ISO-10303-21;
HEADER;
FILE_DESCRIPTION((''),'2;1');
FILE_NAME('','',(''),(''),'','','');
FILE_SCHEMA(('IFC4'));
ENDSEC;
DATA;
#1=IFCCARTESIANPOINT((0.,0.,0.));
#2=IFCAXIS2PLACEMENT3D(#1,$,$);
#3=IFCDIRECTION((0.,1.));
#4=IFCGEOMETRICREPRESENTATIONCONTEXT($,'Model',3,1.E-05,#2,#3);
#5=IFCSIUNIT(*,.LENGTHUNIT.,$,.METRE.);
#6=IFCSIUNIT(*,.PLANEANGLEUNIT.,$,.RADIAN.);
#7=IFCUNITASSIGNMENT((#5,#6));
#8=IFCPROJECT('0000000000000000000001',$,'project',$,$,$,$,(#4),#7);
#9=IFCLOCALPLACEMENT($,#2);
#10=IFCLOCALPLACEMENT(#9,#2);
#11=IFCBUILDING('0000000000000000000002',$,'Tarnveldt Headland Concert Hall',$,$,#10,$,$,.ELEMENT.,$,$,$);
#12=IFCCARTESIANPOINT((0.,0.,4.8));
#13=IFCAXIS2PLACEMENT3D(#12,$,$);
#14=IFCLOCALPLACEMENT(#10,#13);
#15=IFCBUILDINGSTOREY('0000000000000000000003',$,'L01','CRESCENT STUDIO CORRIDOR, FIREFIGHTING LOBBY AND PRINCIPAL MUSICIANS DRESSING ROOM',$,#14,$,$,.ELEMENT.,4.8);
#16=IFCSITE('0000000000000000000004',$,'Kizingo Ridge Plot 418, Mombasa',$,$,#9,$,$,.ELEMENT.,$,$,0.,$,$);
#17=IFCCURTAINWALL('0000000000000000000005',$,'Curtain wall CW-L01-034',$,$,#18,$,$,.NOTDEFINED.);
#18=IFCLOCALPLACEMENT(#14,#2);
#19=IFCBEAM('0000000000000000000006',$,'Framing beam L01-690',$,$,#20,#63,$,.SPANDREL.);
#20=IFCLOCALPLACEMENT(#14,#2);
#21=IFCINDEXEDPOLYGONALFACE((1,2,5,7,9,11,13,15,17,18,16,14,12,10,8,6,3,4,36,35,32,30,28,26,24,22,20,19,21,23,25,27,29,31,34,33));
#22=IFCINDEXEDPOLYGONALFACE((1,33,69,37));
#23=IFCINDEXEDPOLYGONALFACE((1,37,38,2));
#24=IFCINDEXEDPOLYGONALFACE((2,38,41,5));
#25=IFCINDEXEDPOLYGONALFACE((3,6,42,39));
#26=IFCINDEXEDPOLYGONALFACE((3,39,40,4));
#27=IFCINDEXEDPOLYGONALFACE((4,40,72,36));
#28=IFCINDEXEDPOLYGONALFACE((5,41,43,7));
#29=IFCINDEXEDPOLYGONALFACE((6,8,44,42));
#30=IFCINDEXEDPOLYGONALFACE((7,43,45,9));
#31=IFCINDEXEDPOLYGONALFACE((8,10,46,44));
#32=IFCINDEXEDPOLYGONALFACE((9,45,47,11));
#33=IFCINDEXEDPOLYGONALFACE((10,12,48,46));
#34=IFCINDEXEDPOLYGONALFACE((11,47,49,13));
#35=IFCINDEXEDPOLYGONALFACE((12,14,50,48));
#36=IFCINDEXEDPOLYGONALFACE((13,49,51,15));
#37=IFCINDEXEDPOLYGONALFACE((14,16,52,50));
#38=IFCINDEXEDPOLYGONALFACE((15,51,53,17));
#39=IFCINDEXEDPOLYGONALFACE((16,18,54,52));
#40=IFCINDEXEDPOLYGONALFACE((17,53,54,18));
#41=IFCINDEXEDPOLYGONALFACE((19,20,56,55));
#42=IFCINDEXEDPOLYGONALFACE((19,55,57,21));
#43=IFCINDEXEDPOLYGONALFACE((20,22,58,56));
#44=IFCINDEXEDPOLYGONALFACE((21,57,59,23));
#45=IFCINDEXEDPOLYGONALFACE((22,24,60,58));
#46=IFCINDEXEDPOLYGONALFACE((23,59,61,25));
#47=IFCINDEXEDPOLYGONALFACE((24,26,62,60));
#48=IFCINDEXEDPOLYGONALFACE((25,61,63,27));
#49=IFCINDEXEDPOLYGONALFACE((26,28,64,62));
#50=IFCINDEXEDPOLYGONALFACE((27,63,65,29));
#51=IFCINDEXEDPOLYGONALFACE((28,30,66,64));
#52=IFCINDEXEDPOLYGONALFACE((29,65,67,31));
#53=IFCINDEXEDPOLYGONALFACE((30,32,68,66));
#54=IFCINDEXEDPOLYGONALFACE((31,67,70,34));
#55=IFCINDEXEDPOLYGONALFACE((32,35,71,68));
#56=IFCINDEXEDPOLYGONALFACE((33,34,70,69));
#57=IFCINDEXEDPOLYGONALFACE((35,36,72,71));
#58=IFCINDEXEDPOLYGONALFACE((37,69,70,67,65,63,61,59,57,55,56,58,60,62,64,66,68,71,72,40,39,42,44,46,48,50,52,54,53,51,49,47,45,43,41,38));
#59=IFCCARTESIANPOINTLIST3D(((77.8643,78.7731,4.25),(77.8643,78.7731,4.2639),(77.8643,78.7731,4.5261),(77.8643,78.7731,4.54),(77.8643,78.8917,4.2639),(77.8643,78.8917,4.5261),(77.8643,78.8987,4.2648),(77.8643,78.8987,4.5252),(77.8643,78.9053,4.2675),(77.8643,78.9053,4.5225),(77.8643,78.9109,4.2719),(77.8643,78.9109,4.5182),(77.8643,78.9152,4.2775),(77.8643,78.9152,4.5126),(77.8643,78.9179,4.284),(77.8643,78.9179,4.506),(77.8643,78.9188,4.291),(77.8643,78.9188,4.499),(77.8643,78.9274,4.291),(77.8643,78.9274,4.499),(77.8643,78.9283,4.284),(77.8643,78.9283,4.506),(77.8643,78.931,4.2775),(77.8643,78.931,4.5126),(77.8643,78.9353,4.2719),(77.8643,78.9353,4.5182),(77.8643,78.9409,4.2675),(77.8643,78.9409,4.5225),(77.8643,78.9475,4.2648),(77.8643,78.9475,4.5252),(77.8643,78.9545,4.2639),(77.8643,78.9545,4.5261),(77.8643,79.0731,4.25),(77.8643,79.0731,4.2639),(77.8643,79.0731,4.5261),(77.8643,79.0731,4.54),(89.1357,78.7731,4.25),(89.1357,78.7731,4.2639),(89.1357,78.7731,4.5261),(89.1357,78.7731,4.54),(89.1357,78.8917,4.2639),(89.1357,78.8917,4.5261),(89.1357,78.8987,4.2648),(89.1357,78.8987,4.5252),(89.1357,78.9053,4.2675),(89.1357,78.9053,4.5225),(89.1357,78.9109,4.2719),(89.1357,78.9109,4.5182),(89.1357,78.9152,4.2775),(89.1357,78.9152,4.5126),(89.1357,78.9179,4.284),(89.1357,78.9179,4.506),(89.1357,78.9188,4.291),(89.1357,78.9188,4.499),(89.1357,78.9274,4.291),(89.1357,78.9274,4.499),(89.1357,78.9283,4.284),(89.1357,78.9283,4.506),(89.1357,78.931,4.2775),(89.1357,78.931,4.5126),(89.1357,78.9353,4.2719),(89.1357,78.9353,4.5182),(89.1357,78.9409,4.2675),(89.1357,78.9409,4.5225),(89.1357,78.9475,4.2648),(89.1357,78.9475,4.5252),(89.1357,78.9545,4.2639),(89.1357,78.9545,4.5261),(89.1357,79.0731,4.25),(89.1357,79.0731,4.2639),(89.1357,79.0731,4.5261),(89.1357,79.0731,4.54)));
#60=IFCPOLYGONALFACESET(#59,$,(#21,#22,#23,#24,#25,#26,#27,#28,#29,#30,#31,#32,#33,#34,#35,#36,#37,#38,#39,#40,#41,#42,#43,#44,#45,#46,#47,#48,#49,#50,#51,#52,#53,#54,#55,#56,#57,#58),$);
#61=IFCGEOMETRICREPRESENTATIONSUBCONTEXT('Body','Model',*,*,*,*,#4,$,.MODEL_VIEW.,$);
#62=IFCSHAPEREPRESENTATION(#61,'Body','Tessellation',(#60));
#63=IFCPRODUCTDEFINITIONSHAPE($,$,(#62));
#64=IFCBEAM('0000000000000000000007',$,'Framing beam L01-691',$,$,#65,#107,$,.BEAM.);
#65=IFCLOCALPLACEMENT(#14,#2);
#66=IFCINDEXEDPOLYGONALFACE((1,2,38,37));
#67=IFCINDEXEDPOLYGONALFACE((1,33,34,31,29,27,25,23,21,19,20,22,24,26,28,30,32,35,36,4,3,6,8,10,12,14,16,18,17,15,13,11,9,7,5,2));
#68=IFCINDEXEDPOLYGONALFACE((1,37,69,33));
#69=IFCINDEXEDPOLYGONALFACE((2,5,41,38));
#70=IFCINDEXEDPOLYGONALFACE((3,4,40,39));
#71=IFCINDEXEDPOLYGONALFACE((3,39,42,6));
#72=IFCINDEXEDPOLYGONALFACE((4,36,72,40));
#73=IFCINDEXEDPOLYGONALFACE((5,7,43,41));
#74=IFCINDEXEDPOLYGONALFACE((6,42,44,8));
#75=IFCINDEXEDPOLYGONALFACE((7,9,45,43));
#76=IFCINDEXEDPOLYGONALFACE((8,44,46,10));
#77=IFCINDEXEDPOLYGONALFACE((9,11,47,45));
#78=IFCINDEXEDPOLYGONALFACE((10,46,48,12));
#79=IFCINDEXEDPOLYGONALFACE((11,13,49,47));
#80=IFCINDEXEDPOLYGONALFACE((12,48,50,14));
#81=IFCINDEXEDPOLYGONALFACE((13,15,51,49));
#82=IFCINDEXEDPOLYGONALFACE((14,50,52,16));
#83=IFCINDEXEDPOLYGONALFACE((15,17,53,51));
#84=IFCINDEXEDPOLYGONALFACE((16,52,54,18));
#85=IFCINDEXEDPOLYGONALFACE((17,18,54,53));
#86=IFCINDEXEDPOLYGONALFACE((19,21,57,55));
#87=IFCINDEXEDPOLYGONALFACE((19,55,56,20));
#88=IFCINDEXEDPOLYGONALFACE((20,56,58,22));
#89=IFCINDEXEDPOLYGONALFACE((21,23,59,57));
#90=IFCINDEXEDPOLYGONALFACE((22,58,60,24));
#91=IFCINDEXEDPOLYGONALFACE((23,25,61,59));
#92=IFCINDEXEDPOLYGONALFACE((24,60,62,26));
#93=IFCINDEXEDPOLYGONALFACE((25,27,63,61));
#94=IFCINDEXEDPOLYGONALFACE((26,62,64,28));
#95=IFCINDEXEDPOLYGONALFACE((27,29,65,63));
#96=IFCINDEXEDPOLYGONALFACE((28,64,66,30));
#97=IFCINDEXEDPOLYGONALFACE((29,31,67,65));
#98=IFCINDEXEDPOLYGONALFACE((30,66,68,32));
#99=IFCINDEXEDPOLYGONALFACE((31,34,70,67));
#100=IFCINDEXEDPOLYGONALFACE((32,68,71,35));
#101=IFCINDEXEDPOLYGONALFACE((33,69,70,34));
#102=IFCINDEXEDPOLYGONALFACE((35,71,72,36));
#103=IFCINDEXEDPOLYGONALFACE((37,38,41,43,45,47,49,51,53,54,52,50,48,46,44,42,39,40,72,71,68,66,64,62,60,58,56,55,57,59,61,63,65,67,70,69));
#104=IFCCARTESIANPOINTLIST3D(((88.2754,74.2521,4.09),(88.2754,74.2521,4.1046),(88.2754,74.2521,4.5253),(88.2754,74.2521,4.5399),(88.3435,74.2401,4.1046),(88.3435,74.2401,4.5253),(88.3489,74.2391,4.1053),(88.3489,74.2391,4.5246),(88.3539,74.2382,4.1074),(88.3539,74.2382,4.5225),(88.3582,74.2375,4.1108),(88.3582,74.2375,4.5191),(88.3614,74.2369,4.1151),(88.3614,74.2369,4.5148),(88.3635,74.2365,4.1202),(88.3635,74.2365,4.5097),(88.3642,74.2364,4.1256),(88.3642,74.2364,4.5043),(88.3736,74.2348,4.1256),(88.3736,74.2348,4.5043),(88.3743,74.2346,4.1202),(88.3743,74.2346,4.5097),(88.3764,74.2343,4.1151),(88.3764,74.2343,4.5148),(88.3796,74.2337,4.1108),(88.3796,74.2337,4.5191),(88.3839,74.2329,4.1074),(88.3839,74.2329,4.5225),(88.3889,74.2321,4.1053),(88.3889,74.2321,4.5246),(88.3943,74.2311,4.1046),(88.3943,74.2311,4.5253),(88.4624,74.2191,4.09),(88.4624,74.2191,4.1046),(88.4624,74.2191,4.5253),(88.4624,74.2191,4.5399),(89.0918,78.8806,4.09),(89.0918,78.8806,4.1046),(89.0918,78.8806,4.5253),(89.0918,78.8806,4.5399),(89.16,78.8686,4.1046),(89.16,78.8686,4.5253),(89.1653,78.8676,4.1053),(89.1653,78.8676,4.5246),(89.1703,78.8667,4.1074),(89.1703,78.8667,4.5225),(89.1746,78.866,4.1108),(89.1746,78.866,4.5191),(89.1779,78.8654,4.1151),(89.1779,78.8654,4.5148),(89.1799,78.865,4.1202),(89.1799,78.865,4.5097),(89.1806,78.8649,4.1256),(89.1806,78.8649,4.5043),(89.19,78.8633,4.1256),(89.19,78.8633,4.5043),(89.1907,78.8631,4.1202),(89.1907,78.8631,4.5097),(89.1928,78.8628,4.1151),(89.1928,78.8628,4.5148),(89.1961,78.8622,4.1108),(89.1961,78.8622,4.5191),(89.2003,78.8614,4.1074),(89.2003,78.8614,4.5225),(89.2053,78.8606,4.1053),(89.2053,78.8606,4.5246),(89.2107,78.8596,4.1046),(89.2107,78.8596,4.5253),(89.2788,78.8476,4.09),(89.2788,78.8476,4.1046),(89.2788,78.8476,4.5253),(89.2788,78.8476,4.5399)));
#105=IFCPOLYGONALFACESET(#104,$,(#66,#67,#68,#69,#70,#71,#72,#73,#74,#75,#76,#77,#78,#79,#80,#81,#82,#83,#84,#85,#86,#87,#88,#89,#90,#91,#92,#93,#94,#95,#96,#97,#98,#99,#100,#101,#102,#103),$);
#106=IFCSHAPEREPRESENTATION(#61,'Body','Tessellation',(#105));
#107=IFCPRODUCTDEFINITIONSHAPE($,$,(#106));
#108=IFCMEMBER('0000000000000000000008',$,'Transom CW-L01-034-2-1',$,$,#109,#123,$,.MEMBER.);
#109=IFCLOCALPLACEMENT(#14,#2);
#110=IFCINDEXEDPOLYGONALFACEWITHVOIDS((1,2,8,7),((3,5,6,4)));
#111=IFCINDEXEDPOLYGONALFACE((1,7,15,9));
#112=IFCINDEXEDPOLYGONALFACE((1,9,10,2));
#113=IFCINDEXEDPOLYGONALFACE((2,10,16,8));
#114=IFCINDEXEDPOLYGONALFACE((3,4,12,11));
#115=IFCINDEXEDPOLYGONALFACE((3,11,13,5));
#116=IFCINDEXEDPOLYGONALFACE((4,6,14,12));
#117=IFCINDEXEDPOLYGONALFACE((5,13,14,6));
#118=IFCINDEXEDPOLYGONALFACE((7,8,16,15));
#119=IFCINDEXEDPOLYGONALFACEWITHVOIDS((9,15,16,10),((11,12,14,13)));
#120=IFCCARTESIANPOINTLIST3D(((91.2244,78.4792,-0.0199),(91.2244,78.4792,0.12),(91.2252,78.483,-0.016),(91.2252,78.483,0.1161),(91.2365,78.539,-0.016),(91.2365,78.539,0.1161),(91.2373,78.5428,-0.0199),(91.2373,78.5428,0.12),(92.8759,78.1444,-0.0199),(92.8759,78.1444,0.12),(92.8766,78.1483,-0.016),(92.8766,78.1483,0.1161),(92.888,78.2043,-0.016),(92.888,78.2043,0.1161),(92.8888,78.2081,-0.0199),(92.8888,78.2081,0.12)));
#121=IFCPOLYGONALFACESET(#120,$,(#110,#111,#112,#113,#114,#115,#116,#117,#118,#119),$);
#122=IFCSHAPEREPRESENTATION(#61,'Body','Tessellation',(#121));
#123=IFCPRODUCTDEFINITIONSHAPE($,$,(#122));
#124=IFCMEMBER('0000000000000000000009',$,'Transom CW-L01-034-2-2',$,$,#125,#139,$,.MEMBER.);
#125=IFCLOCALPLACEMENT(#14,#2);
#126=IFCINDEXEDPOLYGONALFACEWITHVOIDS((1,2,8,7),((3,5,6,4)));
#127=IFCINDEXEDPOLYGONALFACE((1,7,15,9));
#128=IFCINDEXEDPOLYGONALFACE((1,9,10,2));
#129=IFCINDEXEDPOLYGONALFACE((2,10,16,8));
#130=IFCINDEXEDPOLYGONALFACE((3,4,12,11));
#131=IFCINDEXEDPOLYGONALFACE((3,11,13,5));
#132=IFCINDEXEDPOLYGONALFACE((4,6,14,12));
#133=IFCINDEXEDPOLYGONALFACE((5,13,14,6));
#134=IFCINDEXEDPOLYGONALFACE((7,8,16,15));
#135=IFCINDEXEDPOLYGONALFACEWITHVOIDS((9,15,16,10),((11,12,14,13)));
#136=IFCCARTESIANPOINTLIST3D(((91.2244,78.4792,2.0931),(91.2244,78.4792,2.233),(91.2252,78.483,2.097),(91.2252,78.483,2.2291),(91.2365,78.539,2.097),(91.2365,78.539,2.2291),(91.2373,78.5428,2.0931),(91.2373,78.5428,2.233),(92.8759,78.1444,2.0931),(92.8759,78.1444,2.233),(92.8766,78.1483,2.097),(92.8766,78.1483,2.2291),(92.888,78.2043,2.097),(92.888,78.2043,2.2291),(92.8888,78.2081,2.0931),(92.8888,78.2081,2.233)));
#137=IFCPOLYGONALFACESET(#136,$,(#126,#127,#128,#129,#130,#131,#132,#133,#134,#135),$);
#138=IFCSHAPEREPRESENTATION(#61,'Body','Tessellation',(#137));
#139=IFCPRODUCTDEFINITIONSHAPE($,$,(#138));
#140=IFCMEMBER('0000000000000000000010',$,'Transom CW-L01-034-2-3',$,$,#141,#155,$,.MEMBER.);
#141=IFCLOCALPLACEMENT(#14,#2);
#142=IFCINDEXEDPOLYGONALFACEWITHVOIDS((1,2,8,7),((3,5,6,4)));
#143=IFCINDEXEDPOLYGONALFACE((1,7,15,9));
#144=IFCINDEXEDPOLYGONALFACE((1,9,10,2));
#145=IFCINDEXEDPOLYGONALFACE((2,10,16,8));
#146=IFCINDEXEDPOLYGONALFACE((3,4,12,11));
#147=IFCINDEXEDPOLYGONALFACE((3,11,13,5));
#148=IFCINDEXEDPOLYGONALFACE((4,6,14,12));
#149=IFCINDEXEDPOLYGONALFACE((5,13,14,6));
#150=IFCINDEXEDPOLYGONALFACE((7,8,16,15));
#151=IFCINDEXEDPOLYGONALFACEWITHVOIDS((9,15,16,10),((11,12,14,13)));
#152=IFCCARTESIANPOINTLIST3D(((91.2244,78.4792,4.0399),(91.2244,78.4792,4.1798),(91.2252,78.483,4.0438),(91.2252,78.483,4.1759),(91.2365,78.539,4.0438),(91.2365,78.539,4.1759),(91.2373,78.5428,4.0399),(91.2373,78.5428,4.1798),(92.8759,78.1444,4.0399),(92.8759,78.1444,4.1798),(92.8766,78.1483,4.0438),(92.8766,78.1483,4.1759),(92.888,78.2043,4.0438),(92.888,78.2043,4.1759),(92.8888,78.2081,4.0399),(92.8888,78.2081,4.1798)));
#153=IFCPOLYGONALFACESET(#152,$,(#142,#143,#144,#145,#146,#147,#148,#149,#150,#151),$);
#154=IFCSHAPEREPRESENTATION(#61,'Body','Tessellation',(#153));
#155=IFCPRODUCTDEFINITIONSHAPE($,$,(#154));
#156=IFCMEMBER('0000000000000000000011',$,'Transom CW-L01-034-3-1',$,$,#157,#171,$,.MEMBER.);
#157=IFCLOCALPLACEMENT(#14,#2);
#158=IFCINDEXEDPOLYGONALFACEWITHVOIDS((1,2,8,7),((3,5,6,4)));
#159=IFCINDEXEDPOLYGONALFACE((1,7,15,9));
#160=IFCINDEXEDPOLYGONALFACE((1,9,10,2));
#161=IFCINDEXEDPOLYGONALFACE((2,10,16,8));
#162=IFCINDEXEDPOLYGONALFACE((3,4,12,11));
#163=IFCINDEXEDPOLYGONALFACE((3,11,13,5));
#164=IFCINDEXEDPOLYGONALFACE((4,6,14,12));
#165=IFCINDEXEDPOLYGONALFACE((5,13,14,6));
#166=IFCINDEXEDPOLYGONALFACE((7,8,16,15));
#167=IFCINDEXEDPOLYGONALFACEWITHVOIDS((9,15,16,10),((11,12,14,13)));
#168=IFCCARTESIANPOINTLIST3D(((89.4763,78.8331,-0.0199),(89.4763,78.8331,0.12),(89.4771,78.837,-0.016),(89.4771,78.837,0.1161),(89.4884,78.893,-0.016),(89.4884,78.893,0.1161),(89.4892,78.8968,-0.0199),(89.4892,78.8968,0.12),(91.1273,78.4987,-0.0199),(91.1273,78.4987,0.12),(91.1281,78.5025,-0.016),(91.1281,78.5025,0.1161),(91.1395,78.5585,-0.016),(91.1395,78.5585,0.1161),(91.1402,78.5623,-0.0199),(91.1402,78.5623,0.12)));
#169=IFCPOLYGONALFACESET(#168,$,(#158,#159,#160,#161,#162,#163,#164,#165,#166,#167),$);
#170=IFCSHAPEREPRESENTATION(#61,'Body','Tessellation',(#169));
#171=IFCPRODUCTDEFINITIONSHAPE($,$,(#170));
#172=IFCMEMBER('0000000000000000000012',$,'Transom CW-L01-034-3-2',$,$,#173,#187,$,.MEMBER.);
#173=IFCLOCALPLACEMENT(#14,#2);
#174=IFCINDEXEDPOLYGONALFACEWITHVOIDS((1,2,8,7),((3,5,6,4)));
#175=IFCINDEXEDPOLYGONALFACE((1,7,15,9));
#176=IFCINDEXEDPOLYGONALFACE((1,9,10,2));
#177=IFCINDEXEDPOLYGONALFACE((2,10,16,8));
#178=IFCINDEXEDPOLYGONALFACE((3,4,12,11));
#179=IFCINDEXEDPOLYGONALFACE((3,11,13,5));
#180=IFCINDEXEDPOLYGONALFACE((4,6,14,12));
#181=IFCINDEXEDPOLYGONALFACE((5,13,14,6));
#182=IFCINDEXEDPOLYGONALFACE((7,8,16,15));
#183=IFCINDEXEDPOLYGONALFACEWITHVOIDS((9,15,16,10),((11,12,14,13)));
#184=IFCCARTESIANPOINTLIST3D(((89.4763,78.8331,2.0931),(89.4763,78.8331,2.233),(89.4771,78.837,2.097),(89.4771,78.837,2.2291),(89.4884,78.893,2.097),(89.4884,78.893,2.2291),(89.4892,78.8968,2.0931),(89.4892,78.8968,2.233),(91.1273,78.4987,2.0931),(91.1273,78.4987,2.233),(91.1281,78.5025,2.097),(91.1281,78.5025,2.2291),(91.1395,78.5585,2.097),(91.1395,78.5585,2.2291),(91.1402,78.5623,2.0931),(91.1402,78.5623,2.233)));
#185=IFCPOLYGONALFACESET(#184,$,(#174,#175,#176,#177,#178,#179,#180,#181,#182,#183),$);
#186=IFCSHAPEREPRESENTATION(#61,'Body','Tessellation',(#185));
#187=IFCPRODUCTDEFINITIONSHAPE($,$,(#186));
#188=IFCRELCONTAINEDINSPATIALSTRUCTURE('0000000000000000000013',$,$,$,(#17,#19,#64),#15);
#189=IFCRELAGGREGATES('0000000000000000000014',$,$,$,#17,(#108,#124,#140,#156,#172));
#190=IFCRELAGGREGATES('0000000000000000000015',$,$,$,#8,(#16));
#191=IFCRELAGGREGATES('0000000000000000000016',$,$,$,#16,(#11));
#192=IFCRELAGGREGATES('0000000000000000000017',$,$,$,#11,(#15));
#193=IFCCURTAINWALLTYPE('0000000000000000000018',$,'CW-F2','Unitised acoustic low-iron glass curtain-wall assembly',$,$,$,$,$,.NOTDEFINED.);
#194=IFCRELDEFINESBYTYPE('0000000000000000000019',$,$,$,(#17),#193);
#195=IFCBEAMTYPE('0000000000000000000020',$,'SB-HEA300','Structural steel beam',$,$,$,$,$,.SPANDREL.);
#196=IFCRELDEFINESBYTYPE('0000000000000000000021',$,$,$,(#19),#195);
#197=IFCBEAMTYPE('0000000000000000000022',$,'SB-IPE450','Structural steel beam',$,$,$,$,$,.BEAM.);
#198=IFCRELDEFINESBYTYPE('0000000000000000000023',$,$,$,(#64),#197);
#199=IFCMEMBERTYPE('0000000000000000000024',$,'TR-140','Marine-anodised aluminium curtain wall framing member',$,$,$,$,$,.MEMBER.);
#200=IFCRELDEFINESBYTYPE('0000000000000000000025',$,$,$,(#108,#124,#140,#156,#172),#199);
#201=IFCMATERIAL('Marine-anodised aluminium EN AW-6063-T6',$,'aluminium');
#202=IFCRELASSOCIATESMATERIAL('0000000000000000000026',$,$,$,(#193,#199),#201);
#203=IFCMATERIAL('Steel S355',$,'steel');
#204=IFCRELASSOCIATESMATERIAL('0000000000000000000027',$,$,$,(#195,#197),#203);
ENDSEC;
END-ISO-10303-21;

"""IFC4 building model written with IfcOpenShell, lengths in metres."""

from ifc_helpers import new_model, si_unit, direction, frame, origin, origin_2d, place, context, subcontext, project, spatial, hollow_rectangle, i_section, extrude, material, material_profile, profile_set, type_object, element, aggregate, save


model = new_model("IFC4")

# Units and contexts
model_context = context("Model", 3, precision=1e-05, world=origin(), true_north=direction((0.0, 1.0)))
body_context = subcontext(model_context, "Body", "Model", "MODEL_VIEW")
ifc_project = project(units=[si_unit("LENGTHUNIT", "METRE"), si_unit("PLANEANGLEUNIT", "RADIAN")], contexts=[model_context])

# Site, building, storey
site_placement = place(None, origin())
site = spatial("IfcSite", under=ifc_project, at=site_placement, Name="Kizingo Ridge Plot 418, Mombasa", CompositionType="ELEMENT", RefElevation=0.0)
building_placement = place(site_placement, origin())
building = spatial("IfcBuilding", under=site, at=building_placement, Name="Tarnveldt Headland Concert Hall", CompositionType="ELEMENT")
storey_placement = place(building_placement, frame((0.0, 0.0, 4.8)))
storey = spatial("IfcBuildingStorey", under=building, at=storey_placement, Name="L01", Description="CRESCENT STUDIO CORRIDOR, FIREFIGHTING LOBBY AND PRINCIPAL MUSICIANS DRESSING ROOM", CompositionType="ELEMENT", Elevation=4.8)

# Shared definitions
ifc_material_1 = material(Name="Steel S355", Category="steel")

# Curtain wall
ifc_material_2 = material(Name="Marine-anodised aluminium EN AW-6063-T6", Category="aluminium")
curtain_wall_type = type_object("IfcCurtainWallType", Name="CW-F2", Description="Unitised acoustic low-iron glass curtain-wall assembly", PredefinedType="NOTDEFINED", material=ifc_material_2)
curtain_wall_1_placement = place(storey_placement, origin())
curtain_wall_1 = element("IfcCurtainWall", 1, at=curtain_wall_1_placement, inside=storey, type_object=curtain_wall_type, Name="Curtain wall CW-L01-034", PredefinedType="NOTDEFINED")

# Beams
ifc_material_profile_1 = material_profile(ifc_material_1, i_section(OverallWidth=0.3, OverallDepth=0.29, WebThickness=0.0085, FlangeThickness=0.0139, FilletRadius=0.0271, at=origin_2d()), Name="HEA300", Category="steel")
ifc_profile_set_1 = profile_set([ifc_material_profile_1], Name="Steel S355")
beam_type_1 = type_object("IfcBeamType", Name="SB-HEA300", Description="Structural steel beam", PredefinedType="SPANDREL", material=ifc_profile_set_1)
beam_1_placement = place(storey_placement, frame((89.1357, 78.9231, 4.395), z_axis=(-1.0, 0.0, 0.0), x_axis=(0.0, -1.0, 0.0)))
element("IfcBeam", 2, at=beam_1_placement, inside=storey, type_object=beam_type_1, Name="Framing beam L01-690", PredefinedType="SPANDREL", context=body_context, shape_type="SweptSolid", body=[
    extrude(i_section(OverallWidth=0.3, OverallDepth=0.29, WebThickness=0.0085, FlangeThickness=0.0139, FilletRadius=0.0271, at=origin_2d()), origin(), (0.0, 0.0, 1.0), 11.2715),
])
ifc_material_profile_2 = material_profile(ifc_material_1, i_section(OverallWidth=0.1899, OverallDepth=0.45, WebThickness=0.0095, FlangeThickness=0.0146, FilletRadius=0.021, at=origin_2d()), Name="IPE450", Category="steel")
ifc_profile_set_2 = profile_set([ifc_material_profile_2], Name="Steel S355")
beam_type_2 = type_object("IfcBeamType", Name="SB-IPE450", Description="Structural steel beam", PredefinedType="BEAM", material=ifc_profile_set_2)
beam_2_placement = place(storey_placement, frame((88.3689, 74.2356, 4.3149), z_axis=(0.173708, 0.984797, 0.0), x_axis=(-0.984797, 0.173708, 0.0)))
element("IfcBeam", 3, at=beam_2_placement, inside=storey, type_object=beam_type_2, Name="Framing beam L01-691", PredefinedType="BEAM", context=body_context, shape_type="SweptSolid", body=[
    extrude(i_section(OverallWidth=0.1899, OverallDepth=0.45, WebThickness=0.0095, FlangeThickness=0.0146, FilletRadius=0.021, at=origin_2d()), origin(), (0.0, 0.0, 1.0), 4.7),
])

# Members
ifc_material_profile_3 = material_profile(ifc_material_2, hollow_rectangle(XDim=0.0649, YDim=0.1399, WallThickness=0.0039, at=origin_2d()), Name="ALU TRANSOM 65x140x4", Category="aluminium")
ifc_profile_set_3 = profile_set([ifc_material_profile_3], Name="Marine-anodised aluminium EN AW-6063-T6")
member_type_1 = type_object("IfcMemberType", Name="TR-140", Description="Marine-anodised aluminium curtain wall framing member", PredefinedType="MEMBER", material=ifc_profile_set_3)
member_1_placement = place(storey_placement, frame((92.8823, 78.1763, 0.05), z_axis=(-0.98007, 0.198651, 0.0), x_axis=(-0.198651, -0.98007, 0.0)))
member_1 = element("IfcMember", 4, at=member_1_placement, type_object=member_type_1, Name="Transom CW-L01-034-2-1", PredefinedType="MEMBER", context=body_context, shape_type="SweptSolid", body=[
    extrude(hollow_rectangle(XDim=0.0649, YDim=0.1399, WallThickness=0.0039, at=origin_2d()), origin(), (0.0, 0.0, 1.0), 1.6851),
])
member_2_placement = place(storey_placement, frame((92.8823, 78.1763, 2.1631), z_axis=(-0.98007, 0.198651, 0.0), x_axis=(-0.198651, -0.98007, 0.0)))
member_2 = element("IfcMember", 5, at=member_2_placement, type_object=member_type_1, Name="Transom CW-L01-034-2-2", PredefinedType="MEMBER", context=body_context, shape_type="SweptSolid", body=[
    extrude(hollow_rectangle(XDim=0.0649, YDim=0.1399, WallThickness=0.0039, at=origin_2d()), origin(), (0.0, 0.0, 1.0), 1.6851),
])
member_3_placement = place(storey_placement, frame((92.8823, 78.1763, 4.1099), z_axis=(-0.98007, 0.198651, 0.0), x_axis=(-0.198651, -0.98007, 0.0)))
member_3 = element("IfcMember", 6, at=member_3_placement, type_object=member_type_1, Name="Transom CW-L01-034-2-3", PredefinedType="MEMBER", context=body_context, shape_type="SweptSolid", body=[
    extrude(hollow_rectangle(XDim=0.0649, YDim=0.1399, WallThickness=0.0039, at=origin_2d()), origin(), (0.0, 0.0, 1.0), 1.6851),
])
member_4_placement = place(storey_placement, frame((91.1338, 78.5305, 0.05), z_axis=(-0.980093, 0.19854, 0.0), x_axis=(-0.19854, -0.980093, 0.0)))
member_4 = element("IfcMember", 7, at=member_4_placement, type_object=member_type_1, Name="Transom CW-L01-034-3-1", PredefinedType="MEMBER", context=body_context, shape_type="SweptSolid", body=[
    extrude(hollow_rectangle(XDim=0.0649, YDim=0.1399, WallThickness=0.0039, at=origin_2d()), origin(), (0.0, 0.0, 1.0), 1.6846),
])
member_5_placement = place(storey_placement, frame((91.1338, 78.5305, 2.1631), z_axis=(-0.980093, 0.19854, 0.0), x_axis=(-0.19854, -0.980093, 0.0)))
member_5 = element("IfcMember", 8, at=member_5_placement, type_object=member_type_1, Name="Transom CW-L01-034-3-2", PredefinedType="MEMBER", context=body_context, shape_type="SweptSolid", body=[
    extrude(hollow_rectangle(XDim=0.0649, YDim=0.1399, WallThickness=0.0039, at=origin_2d()), origin(), (0.0, 0.0, 1.0), 1.6846),
])

aggregate(curtain_wall_1, [member_1, member_2, member_3, member_4, member_5])

save(model, "model.ifc")
